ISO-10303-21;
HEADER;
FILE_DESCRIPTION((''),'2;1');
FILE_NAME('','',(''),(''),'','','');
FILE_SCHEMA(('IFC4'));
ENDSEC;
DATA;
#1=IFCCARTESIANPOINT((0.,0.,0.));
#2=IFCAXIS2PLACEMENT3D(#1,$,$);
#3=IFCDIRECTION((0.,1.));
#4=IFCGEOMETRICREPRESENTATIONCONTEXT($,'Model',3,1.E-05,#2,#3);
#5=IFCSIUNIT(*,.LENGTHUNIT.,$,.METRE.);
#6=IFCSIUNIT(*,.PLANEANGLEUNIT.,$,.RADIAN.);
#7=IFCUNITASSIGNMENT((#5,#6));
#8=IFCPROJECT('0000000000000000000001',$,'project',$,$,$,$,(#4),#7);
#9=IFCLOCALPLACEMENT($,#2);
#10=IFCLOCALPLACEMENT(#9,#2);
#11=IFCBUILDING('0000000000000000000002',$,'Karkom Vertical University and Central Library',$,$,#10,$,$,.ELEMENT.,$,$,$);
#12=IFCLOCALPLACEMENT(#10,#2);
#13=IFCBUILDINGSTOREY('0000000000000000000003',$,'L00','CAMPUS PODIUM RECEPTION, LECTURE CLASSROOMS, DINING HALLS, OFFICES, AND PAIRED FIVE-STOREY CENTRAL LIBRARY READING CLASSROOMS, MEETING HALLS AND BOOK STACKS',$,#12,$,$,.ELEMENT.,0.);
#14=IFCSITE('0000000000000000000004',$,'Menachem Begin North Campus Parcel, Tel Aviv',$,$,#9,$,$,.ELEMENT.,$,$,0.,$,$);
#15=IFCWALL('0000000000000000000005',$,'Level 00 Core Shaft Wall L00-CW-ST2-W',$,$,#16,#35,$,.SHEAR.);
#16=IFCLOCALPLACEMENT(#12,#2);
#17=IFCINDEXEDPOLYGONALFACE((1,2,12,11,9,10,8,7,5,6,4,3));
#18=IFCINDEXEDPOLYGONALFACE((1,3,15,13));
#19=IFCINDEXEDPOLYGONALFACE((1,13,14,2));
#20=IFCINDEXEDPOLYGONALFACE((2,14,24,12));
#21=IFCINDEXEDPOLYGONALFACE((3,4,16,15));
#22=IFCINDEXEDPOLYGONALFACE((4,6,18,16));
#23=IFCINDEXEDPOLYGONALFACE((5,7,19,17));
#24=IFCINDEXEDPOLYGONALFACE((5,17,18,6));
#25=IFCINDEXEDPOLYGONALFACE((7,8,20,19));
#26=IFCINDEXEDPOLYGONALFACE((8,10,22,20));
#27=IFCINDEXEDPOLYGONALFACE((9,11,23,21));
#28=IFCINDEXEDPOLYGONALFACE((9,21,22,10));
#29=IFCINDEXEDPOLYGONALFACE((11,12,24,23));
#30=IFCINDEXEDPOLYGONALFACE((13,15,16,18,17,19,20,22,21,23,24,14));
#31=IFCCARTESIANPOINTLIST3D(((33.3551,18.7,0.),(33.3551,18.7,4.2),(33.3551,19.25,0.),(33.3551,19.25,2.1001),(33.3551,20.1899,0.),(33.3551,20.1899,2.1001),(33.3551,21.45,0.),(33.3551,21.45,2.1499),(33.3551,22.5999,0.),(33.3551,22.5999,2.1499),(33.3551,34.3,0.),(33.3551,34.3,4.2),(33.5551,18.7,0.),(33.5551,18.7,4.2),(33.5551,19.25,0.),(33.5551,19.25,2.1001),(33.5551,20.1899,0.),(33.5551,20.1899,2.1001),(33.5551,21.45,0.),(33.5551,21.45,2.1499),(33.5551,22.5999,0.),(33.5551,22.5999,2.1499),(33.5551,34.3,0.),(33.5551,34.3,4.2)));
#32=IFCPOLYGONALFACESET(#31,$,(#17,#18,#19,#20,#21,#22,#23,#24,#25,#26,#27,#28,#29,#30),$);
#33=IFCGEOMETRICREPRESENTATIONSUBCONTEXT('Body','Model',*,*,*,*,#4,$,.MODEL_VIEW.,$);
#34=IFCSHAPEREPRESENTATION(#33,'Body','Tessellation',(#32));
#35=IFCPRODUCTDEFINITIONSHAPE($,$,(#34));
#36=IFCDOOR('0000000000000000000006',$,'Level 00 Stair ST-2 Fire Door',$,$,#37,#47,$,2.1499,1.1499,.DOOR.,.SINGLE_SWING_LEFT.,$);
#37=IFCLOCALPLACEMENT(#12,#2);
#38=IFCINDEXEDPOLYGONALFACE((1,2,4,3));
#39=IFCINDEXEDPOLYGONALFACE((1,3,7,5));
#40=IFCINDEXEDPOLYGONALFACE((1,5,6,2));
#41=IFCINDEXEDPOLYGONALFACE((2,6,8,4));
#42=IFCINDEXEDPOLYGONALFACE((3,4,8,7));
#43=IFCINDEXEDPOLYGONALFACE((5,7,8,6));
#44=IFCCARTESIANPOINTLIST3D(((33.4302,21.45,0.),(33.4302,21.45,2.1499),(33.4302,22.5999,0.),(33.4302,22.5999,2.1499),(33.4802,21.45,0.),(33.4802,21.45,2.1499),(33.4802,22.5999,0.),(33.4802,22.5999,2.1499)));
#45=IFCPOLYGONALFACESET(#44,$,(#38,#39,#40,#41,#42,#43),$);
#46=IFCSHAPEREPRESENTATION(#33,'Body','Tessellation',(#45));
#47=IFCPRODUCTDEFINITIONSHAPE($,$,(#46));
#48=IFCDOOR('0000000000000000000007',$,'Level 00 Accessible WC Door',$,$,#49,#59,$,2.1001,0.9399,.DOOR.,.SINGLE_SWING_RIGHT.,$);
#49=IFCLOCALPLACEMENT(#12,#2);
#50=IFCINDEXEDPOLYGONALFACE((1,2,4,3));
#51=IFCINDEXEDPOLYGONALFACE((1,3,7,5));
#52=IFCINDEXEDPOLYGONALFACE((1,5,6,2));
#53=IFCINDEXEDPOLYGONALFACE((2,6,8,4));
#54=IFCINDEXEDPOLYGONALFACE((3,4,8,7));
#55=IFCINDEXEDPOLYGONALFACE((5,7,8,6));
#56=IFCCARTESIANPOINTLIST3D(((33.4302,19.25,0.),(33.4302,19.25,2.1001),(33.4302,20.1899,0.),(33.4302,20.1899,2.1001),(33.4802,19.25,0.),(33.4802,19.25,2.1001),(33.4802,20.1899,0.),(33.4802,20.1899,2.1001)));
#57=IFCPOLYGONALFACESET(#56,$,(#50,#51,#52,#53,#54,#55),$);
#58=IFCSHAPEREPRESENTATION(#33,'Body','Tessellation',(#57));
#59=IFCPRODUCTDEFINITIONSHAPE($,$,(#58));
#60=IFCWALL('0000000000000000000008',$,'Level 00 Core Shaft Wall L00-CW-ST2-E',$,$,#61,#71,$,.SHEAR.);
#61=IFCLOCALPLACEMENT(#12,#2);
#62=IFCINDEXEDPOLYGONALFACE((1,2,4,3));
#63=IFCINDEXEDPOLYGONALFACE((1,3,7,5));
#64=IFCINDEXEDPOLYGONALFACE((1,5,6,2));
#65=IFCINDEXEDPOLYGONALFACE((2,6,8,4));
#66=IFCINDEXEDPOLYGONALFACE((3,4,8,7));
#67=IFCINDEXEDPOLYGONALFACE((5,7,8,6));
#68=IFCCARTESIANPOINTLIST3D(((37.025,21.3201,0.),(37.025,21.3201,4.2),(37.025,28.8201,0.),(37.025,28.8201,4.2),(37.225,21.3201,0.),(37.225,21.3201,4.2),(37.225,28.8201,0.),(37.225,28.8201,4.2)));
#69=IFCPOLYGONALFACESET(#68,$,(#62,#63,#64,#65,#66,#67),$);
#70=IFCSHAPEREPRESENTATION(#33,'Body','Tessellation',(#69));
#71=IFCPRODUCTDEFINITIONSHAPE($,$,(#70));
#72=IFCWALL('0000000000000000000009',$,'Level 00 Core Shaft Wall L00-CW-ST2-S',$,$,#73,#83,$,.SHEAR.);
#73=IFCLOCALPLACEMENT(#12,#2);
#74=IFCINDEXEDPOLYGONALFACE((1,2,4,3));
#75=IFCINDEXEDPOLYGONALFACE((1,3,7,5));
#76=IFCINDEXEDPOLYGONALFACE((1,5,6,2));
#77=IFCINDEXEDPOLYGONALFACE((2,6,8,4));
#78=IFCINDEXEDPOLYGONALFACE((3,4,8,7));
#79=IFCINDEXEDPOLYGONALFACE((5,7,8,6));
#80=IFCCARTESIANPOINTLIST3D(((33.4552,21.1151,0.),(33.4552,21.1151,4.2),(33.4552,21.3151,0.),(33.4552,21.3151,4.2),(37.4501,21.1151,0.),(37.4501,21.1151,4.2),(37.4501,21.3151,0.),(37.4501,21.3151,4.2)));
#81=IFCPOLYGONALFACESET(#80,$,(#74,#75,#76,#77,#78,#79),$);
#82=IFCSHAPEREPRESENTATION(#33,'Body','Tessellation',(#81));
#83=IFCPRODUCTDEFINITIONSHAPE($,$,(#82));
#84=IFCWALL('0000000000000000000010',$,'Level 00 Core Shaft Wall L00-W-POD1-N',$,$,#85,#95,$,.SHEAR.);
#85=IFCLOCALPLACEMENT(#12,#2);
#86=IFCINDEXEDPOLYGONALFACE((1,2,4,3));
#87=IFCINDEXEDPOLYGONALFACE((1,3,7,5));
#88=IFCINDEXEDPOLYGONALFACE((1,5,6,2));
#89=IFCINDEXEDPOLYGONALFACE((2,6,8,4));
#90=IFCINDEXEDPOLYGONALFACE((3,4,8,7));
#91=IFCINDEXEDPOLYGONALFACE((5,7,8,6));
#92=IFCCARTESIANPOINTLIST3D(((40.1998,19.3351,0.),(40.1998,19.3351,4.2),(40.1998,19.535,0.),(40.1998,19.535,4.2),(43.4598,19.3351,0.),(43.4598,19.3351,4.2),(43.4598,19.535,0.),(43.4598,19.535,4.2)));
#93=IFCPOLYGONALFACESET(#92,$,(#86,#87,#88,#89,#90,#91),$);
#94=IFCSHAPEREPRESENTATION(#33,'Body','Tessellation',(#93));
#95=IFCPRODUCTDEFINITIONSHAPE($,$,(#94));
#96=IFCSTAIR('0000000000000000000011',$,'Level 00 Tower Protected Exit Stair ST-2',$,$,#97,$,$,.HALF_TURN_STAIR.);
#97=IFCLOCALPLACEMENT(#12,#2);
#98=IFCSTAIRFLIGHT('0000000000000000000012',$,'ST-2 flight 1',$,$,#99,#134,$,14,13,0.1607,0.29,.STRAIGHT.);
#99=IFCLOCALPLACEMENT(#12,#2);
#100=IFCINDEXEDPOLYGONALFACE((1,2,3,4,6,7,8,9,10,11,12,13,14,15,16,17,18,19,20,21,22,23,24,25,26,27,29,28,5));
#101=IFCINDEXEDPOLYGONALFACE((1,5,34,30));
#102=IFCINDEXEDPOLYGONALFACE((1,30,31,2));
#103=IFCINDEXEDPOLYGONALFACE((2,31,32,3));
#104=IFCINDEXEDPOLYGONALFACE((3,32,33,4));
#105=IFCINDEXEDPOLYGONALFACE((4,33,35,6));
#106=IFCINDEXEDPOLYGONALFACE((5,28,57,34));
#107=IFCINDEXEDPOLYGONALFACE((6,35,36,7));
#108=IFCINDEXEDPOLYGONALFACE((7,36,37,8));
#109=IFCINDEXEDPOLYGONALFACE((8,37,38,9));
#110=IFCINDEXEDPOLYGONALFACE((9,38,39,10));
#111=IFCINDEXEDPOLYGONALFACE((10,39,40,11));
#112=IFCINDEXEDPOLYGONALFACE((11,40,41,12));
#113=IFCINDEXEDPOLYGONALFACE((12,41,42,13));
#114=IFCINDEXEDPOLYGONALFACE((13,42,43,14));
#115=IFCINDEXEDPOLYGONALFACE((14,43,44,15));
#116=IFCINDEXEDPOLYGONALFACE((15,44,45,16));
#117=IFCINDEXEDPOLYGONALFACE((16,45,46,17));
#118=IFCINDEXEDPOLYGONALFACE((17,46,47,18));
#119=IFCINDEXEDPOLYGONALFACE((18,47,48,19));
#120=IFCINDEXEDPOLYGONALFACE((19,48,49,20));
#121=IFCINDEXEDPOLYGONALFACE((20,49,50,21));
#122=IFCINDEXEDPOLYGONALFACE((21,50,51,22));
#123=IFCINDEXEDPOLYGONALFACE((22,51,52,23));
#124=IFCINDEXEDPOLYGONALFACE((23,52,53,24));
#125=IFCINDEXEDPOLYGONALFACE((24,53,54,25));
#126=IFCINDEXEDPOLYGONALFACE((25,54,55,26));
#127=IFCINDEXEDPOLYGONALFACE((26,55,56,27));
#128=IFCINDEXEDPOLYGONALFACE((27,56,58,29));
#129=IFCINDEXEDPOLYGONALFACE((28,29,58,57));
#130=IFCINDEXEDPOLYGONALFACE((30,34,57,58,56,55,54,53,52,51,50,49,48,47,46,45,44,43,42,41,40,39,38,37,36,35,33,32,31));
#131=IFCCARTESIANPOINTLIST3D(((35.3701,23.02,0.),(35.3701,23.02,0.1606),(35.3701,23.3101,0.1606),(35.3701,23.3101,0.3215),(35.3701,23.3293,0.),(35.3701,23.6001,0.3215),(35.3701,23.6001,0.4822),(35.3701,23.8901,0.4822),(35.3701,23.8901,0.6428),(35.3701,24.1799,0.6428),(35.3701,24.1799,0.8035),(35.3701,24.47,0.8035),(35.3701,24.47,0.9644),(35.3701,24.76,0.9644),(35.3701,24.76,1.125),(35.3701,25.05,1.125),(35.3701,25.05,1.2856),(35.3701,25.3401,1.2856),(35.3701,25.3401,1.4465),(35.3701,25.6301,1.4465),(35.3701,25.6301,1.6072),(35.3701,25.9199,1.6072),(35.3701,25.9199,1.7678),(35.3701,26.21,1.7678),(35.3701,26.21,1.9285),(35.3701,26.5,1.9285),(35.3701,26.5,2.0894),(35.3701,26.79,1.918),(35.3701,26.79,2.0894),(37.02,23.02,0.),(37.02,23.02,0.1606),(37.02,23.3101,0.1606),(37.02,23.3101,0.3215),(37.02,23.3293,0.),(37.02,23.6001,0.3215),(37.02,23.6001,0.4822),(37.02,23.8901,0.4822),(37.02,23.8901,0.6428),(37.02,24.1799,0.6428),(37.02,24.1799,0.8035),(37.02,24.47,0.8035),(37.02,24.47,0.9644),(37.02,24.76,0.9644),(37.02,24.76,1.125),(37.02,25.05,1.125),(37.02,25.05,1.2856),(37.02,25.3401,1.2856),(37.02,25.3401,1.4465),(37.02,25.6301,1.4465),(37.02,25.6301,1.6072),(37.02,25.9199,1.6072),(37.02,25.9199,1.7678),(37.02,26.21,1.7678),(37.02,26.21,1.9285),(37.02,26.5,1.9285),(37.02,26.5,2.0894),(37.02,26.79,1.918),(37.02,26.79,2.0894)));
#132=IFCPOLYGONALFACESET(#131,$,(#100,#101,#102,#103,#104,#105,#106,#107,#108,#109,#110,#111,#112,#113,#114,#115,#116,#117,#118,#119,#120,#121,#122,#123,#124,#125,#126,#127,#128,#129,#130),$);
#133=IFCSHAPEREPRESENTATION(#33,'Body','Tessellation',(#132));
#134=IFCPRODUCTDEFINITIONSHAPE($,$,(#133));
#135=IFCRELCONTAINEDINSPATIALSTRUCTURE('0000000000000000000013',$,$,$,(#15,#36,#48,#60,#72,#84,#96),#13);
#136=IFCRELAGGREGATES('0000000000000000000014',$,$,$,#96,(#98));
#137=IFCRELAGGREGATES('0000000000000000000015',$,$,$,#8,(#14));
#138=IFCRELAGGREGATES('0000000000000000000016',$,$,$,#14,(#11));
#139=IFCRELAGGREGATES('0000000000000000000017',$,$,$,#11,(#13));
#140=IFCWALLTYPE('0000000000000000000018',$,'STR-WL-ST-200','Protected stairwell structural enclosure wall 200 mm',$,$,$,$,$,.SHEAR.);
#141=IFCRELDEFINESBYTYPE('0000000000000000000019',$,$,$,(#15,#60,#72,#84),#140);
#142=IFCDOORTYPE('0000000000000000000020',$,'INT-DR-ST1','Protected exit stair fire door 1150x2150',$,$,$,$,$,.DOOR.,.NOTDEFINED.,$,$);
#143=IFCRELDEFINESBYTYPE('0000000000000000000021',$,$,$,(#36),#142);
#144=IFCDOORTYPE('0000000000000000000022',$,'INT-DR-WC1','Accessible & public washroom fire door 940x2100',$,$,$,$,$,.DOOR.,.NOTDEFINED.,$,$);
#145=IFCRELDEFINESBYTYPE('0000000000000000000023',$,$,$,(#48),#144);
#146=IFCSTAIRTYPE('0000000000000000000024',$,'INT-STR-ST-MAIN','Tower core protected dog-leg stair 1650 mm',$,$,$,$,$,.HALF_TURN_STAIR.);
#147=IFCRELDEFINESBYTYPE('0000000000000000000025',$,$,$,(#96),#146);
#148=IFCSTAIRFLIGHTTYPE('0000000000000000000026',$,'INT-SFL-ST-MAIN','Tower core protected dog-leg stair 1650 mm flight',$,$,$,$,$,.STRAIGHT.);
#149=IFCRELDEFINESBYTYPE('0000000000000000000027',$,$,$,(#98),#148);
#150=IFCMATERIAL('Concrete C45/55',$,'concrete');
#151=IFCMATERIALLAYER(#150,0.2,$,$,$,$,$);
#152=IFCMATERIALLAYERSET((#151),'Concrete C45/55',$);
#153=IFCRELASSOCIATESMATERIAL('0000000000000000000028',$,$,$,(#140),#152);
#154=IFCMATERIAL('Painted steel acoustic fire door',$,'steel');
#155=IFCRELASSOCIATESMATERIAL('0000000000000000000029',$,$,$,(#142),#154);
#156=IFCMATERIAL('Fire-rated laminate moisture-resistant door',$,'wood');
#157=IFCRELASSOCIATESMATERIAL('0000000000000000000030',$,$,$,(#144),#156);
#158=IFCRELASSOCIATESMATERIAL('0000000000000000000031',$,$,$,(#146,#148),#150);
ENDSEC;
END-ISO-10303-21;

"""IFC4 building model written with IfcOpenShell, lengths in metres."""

from ifc_helpers import new_model, si_unit, direction, frame, frame_2d, origin, origin_with_axes, place, context, subcontext, project, spatial, polyline, rectangle, outline, extrude, source, transform, mapped, material, layer, layer_set, type_object, element, fill, aggregate, save


model = new_model("IFC4")

# Units and contexts
model_context = context("Model", 3, precision=1e-05, world=origin(), true_north=direction((0.0, 1.0)))
body_context = subcontext(model_context, "Body", "Model", "MODEL_VIEW")
ifc_project = project(units=[si_unit("LENGTHUNIT", "METRE"), si_unit("PLANEANGLEUNIT", "RADIAN")], contexts=[model_context])

# Site, building, storey
site_placement = place(None, origin())
site = spatial("IfcSite", under=ifc_project, at=site_placement, Name="Menachem Begin North Campus Parcel, Tel Aviv", CompositionType="ELEMENT", RefElevation=0.0)
building_placement = place(site_placement, origin())
building = spatial("IfcBuilding", under=site, at=building_placement, Name="Karkom Vertical University and Central Library", CompositionType="ELEMENT")
storey_placement = place(building_placement, origin())
storey = spatial("IfcBuildingStorey", under=building, at=storey_placement, Name="L00", Description="CAMPUS PODIUM RECEPTION, LECTURE CLASSROOMS, DINING HALLS, OFFICES, AND PAIRED FIVE-STOREY CENTRAL LIBRARY READING CLASSROOMS, MEETING HALLS AND BOOK STACKS", CompositionType="ELEMENT", Elevation=0.0)

# Wall, openings, doors
ifc_material_1 = material(Name="Concrete C45/55", Category="concrete")
ifc_layer_1 = layer(ifc_material_1, 0.2)
ifc_layer_set_1 = layer_set([ifc_layer_1], Name="Concrete C45/55")
wall_type_1 = type_object("IfcWallType", Name="STR-WL-ST-200", Description="Protected stairwell structural enclosure wall 200 mm", PredefinedType="SHEAR", material=ifc_layer_set_1)
wall_1_placement = place(storey_placement, frame((33.4551, 18.7, 0.0), z_axis=(0.0, 0.0, 1.0), x_axis=(0.0, 1.0, 0.0)))
wall_1 = element("IfcWall", 1, at=wall_1_placement, inside=storey, type_object=wall_type_1, Name="Level 00 Core Shaft Wall L00-CW-ST2-W", PredefinedType="SHEAR", context=body_context, shape_type="SweptSolid", body=[
    extrude(rectangle(XDim=15.6001, YDim=0.2, at=frame_2d((7.8, 0.0))), origin(), (0.0, 0.0, 1.0), 4.2),
])
opening_1_placement = place(wall_1_placement, frame((2.75, 0.0, 0.0)))
opening_1 = element("IfcOpeningElement", 2, at=opening_1_placement, cuts=wall_1, PredefinedType="OPENING", context=body_context, shape_type="SweptSolid", body=[
    extrude(rectangle(XDim=1.1499, YDim=2.1499, at=frame_2d((0.575, 1.075))), frame((0.0, 0.1099, 0.0), z_axis=(0.0, -1.0, 0.0), x_axis=(1.0, 0.0, 0.0)), (0.0, 0.0, 1.0), 0.22),
])
opening_2_placement = place(wall_1_placement, frame((0.55, 0.0, 0.0)))
opening_2 = element("IfcOpeningElement", 3, at=opening_2_placement, cuts=wall_1, PredefinedType="OPENING", context=body_context, shape_type="SweptSolid", body=[
    extrude(rectangle(XDim=0.9399, YDim=2.1001, at=frame_2d((0.47, 1.05))), frame((0.0, 0.1099, 0.0), z_axis=(0.0, -1.0, 0.0), x_axis=(1.0, 0.0, 0.0)), (0.0, 0.0, 1.0), 0.22),
])
ifc_material_2 = material(Name="Painted steel acoustic fire door", Category="steel")
door_type_1 = type_object("IfcDoorType", Name="INT-DR-ST1", Description="Protected exit stair fire door 1150x2150", OperationType="NOTDEFINED", PredefinedType="DOOR", material=ifc_material_2)
shared_shape_1 = source(origin_with_axes(), body_context, "Body", "SweptSolid", [
    extrude(rectangle(XDim=1.1499, YDim=2.1499, at=frame_2d((0.575, 1.075))), frame((0.0, 0.0249, 0.0), z_axis=(0.0, -1.0, 0.0), x_axis=(1.0, 0.0, 0.0)), (0.0, 0.0, 1.0), 0.05),
])
door_1_placement = place(opening_1_placement, origin())
door_1 = element("IfcDoor", 4, at=door_1_placement, inside=storey, type_object=door_type_1, Name="Level 00 Stair ST-2 Fire Door", OperationType="SINGLE_SWING_LEFT", OverallHeight=2.1499, OverallWidth=1.1499, PredefinedType="DOOR", context=body_context, shape_type="MappedRepresentation", body=[
    mapped(shared_shape_1, transform((0.0, 0.0, 0.0), scale=1.0)),
])
fill(opening_1, door_1)
ifc_material_3 = material(Name="Fire-rated laminate moisture-resistant door", Category="wood")
door_type_2 = type_object("IfcDoorType", Name="INT-DR-WC1", Description="Accessible & public washroom fire door 940x2100", OperationType="NOTDEFINED", PredefinedType="DOOR", material=ifc_material_3)
shared_shape_2 = source(origin_with_axes(), body_context, "Body", "SweptSolid", [
    extrude(rectangle(XDim=0.9399, YDim=2.1001, at=frame_2d((0.47, 1.05))), frame((0.0, 0.0249, 0.0), z_axis=(0.0, -1.0, 0.0), x_axis=(1.0, 0.0, 0.0)), (0.0, 0.0, 1.0), 0.05),
])
door_2_placement = place(opening_2_placement, origin())
door_2 = element("IfcDoor", 5, at=door_2_placement, inside=storey, type_object=door_type_2, Name="Level 00 Accessible WC Door", OperationType="SINGLE_SWING_RIGHT", OverallHeight=2.1001, OverallWidth=0.9399, PredefinedType="DOOR", context=body_context, shape_type="MappedRepresentation", body=[
    mapped(shared_shape_2, transform((0.0, 0.0, 0.0), scale=1.0)),
])
fill(opening_2, door_2)

# Walls
wall_2_placement = place(storey_placement, frame((37.125, 21.3201, 0.0), z_axis=(0.0, 0.0, 1.0), x_axis=(0.0, 1.0, 0.0)))
element("IfcWall", 6, at=wall_2_placement, inside=storey, type_object=wall_type_1, Name="Level 00 Core Shaft Wall L00-CW-ST2-E", PredefinedType="SHEAR", context=body_context, shape_type="SweptSolid", body=[
    extrude(rectangle(XDim=7.5, YDim=0.2, at=frame_2d((3.75, 0.0))), origin(), (0.0, 0.0, 1.0), 4.2),
])
wall_3_placement = place(storey_placement, frame((33.4551, 21.2151, 0.0), z_axis=(0.0, 0.0, 1.0), x_axis=(1.0, 0.0, 0.0)))
element("IfcWall", 7, at=wall_3_placement, inside=storey, type_object=wall_type_1, Name="Level 00 Core Shaft Wall L00-CW-ST2-S", PredefinedType="SHEAR", context=body_context, shape_type="SweptSolid", body=[
    extrude(rectangle(XDim=3.9949, YDim=0.2, at=frame_2d((1.9976, 0.0))), origin(), (0.0, 0.0, 1.0), 4.2),
])
wall_4_placement = place(storey_placement, frame((40.2, 19.4351, 0.0), z_axis=(0.0, 0.0, 1.0), x_axis=(1.0, 0.0, 0.0)))
element("IfcWall", 8, at=wall_4_placement, inside=storey, type_object=wall_type_1, Name="Level 00 Core Shaft Wall L00-W-POD1-N", PredefinedType="SHEAR", context=body_context, shape_type="SweptSolid", body=[
    extrude(rectangle(XDim=3.26, YDim=0.2, at=frame_2d((1.6299, 0.0))), origin(), (0.0, 0.0, 1.0), 4.2),
])

# Stair, stair flight
stair_type = type_object("IfcStairType", Name="INT-STR-ST-MAIN", Description="Tower core protected dog-leg stair 1650 mm", PredefinedType="HALF_TURN_STAIR", material=ifc_material_1)
stair_placement = place(storey_placement, origin())
stair = element("IfcStair", 9, at=stair_placement, inside=storey, type_object=stair_type, Name="Level 00 Tower Protected Exit Stair ST-2", PredefinedType="HALF_TURN_STAIR")
stair_flight_type = type_object("IfcStairFlightType", Name="INT-SFL-ST-MAIN", Description="Tower core protected dog-leg stair 1650 mm flight", PredefinedType="STRAIGHT", material=ifc_material_1)
stair_flight_placement = place(storey_placement, frame((36.1951, 23.02, 0.0), z_axis=(0.0, 0.0, 1.0), x_axis=(0.0, 1.0, 0.0)))
stair_flight = element("IfcStairFlight", 10, at=stair_flight_placement, type_object=stair_flight_type, Name="ST-2 flight 1", NumberOfRisers=14, NumberOfTreads=13, PredefinedType="STRAIGHT", RiserHeight=0.1607, TreadLength=0.29, context=body_context, shape_type="SweptSolid", body=[
    extrude(outline(polyline([(0.0, 0.0), (0.0, 0.1606), (0.29, 0.1606), (0.29, 0.3215), (0.5801, 0.3215), (0.5801, 0.4822), (0.8701, 0.4822), (0.8701, 0.6428), (1.1599, 0.6428), (1.1599, 0.8035), (1.45, 0.8035), (1.45, 0.9644), (1.74, 0.9644), (1.74, 1.125), (2.03, 1.125), (2.03, 1.2856), (2.3201, 1.2856), (2.3201, 1.4465), (2.6101, 1.4465), (2.6101, 1.6072), (2.8999, 1.6072), (2.8999, 1.7678), (3.1899, 1.7678), (3.1899, 1.9285), (3.48, 1.9285), (3.48, 2.0894), (3.77, 2.0894), (3.77, 2.25), (3.77, 1.918), (0.3093, 0.0), (0.0, 0.0)])), frame((0.0, 0.825, 0.0), z_axis=(0.0, -1.0, 0.0), x_axis=(1.0, 0.0, 0.0)), (0.0, 0.0, 1.0), 1.6499),
])
aggregate(stair, [stair_flight])

save(model, "model.ifc")
